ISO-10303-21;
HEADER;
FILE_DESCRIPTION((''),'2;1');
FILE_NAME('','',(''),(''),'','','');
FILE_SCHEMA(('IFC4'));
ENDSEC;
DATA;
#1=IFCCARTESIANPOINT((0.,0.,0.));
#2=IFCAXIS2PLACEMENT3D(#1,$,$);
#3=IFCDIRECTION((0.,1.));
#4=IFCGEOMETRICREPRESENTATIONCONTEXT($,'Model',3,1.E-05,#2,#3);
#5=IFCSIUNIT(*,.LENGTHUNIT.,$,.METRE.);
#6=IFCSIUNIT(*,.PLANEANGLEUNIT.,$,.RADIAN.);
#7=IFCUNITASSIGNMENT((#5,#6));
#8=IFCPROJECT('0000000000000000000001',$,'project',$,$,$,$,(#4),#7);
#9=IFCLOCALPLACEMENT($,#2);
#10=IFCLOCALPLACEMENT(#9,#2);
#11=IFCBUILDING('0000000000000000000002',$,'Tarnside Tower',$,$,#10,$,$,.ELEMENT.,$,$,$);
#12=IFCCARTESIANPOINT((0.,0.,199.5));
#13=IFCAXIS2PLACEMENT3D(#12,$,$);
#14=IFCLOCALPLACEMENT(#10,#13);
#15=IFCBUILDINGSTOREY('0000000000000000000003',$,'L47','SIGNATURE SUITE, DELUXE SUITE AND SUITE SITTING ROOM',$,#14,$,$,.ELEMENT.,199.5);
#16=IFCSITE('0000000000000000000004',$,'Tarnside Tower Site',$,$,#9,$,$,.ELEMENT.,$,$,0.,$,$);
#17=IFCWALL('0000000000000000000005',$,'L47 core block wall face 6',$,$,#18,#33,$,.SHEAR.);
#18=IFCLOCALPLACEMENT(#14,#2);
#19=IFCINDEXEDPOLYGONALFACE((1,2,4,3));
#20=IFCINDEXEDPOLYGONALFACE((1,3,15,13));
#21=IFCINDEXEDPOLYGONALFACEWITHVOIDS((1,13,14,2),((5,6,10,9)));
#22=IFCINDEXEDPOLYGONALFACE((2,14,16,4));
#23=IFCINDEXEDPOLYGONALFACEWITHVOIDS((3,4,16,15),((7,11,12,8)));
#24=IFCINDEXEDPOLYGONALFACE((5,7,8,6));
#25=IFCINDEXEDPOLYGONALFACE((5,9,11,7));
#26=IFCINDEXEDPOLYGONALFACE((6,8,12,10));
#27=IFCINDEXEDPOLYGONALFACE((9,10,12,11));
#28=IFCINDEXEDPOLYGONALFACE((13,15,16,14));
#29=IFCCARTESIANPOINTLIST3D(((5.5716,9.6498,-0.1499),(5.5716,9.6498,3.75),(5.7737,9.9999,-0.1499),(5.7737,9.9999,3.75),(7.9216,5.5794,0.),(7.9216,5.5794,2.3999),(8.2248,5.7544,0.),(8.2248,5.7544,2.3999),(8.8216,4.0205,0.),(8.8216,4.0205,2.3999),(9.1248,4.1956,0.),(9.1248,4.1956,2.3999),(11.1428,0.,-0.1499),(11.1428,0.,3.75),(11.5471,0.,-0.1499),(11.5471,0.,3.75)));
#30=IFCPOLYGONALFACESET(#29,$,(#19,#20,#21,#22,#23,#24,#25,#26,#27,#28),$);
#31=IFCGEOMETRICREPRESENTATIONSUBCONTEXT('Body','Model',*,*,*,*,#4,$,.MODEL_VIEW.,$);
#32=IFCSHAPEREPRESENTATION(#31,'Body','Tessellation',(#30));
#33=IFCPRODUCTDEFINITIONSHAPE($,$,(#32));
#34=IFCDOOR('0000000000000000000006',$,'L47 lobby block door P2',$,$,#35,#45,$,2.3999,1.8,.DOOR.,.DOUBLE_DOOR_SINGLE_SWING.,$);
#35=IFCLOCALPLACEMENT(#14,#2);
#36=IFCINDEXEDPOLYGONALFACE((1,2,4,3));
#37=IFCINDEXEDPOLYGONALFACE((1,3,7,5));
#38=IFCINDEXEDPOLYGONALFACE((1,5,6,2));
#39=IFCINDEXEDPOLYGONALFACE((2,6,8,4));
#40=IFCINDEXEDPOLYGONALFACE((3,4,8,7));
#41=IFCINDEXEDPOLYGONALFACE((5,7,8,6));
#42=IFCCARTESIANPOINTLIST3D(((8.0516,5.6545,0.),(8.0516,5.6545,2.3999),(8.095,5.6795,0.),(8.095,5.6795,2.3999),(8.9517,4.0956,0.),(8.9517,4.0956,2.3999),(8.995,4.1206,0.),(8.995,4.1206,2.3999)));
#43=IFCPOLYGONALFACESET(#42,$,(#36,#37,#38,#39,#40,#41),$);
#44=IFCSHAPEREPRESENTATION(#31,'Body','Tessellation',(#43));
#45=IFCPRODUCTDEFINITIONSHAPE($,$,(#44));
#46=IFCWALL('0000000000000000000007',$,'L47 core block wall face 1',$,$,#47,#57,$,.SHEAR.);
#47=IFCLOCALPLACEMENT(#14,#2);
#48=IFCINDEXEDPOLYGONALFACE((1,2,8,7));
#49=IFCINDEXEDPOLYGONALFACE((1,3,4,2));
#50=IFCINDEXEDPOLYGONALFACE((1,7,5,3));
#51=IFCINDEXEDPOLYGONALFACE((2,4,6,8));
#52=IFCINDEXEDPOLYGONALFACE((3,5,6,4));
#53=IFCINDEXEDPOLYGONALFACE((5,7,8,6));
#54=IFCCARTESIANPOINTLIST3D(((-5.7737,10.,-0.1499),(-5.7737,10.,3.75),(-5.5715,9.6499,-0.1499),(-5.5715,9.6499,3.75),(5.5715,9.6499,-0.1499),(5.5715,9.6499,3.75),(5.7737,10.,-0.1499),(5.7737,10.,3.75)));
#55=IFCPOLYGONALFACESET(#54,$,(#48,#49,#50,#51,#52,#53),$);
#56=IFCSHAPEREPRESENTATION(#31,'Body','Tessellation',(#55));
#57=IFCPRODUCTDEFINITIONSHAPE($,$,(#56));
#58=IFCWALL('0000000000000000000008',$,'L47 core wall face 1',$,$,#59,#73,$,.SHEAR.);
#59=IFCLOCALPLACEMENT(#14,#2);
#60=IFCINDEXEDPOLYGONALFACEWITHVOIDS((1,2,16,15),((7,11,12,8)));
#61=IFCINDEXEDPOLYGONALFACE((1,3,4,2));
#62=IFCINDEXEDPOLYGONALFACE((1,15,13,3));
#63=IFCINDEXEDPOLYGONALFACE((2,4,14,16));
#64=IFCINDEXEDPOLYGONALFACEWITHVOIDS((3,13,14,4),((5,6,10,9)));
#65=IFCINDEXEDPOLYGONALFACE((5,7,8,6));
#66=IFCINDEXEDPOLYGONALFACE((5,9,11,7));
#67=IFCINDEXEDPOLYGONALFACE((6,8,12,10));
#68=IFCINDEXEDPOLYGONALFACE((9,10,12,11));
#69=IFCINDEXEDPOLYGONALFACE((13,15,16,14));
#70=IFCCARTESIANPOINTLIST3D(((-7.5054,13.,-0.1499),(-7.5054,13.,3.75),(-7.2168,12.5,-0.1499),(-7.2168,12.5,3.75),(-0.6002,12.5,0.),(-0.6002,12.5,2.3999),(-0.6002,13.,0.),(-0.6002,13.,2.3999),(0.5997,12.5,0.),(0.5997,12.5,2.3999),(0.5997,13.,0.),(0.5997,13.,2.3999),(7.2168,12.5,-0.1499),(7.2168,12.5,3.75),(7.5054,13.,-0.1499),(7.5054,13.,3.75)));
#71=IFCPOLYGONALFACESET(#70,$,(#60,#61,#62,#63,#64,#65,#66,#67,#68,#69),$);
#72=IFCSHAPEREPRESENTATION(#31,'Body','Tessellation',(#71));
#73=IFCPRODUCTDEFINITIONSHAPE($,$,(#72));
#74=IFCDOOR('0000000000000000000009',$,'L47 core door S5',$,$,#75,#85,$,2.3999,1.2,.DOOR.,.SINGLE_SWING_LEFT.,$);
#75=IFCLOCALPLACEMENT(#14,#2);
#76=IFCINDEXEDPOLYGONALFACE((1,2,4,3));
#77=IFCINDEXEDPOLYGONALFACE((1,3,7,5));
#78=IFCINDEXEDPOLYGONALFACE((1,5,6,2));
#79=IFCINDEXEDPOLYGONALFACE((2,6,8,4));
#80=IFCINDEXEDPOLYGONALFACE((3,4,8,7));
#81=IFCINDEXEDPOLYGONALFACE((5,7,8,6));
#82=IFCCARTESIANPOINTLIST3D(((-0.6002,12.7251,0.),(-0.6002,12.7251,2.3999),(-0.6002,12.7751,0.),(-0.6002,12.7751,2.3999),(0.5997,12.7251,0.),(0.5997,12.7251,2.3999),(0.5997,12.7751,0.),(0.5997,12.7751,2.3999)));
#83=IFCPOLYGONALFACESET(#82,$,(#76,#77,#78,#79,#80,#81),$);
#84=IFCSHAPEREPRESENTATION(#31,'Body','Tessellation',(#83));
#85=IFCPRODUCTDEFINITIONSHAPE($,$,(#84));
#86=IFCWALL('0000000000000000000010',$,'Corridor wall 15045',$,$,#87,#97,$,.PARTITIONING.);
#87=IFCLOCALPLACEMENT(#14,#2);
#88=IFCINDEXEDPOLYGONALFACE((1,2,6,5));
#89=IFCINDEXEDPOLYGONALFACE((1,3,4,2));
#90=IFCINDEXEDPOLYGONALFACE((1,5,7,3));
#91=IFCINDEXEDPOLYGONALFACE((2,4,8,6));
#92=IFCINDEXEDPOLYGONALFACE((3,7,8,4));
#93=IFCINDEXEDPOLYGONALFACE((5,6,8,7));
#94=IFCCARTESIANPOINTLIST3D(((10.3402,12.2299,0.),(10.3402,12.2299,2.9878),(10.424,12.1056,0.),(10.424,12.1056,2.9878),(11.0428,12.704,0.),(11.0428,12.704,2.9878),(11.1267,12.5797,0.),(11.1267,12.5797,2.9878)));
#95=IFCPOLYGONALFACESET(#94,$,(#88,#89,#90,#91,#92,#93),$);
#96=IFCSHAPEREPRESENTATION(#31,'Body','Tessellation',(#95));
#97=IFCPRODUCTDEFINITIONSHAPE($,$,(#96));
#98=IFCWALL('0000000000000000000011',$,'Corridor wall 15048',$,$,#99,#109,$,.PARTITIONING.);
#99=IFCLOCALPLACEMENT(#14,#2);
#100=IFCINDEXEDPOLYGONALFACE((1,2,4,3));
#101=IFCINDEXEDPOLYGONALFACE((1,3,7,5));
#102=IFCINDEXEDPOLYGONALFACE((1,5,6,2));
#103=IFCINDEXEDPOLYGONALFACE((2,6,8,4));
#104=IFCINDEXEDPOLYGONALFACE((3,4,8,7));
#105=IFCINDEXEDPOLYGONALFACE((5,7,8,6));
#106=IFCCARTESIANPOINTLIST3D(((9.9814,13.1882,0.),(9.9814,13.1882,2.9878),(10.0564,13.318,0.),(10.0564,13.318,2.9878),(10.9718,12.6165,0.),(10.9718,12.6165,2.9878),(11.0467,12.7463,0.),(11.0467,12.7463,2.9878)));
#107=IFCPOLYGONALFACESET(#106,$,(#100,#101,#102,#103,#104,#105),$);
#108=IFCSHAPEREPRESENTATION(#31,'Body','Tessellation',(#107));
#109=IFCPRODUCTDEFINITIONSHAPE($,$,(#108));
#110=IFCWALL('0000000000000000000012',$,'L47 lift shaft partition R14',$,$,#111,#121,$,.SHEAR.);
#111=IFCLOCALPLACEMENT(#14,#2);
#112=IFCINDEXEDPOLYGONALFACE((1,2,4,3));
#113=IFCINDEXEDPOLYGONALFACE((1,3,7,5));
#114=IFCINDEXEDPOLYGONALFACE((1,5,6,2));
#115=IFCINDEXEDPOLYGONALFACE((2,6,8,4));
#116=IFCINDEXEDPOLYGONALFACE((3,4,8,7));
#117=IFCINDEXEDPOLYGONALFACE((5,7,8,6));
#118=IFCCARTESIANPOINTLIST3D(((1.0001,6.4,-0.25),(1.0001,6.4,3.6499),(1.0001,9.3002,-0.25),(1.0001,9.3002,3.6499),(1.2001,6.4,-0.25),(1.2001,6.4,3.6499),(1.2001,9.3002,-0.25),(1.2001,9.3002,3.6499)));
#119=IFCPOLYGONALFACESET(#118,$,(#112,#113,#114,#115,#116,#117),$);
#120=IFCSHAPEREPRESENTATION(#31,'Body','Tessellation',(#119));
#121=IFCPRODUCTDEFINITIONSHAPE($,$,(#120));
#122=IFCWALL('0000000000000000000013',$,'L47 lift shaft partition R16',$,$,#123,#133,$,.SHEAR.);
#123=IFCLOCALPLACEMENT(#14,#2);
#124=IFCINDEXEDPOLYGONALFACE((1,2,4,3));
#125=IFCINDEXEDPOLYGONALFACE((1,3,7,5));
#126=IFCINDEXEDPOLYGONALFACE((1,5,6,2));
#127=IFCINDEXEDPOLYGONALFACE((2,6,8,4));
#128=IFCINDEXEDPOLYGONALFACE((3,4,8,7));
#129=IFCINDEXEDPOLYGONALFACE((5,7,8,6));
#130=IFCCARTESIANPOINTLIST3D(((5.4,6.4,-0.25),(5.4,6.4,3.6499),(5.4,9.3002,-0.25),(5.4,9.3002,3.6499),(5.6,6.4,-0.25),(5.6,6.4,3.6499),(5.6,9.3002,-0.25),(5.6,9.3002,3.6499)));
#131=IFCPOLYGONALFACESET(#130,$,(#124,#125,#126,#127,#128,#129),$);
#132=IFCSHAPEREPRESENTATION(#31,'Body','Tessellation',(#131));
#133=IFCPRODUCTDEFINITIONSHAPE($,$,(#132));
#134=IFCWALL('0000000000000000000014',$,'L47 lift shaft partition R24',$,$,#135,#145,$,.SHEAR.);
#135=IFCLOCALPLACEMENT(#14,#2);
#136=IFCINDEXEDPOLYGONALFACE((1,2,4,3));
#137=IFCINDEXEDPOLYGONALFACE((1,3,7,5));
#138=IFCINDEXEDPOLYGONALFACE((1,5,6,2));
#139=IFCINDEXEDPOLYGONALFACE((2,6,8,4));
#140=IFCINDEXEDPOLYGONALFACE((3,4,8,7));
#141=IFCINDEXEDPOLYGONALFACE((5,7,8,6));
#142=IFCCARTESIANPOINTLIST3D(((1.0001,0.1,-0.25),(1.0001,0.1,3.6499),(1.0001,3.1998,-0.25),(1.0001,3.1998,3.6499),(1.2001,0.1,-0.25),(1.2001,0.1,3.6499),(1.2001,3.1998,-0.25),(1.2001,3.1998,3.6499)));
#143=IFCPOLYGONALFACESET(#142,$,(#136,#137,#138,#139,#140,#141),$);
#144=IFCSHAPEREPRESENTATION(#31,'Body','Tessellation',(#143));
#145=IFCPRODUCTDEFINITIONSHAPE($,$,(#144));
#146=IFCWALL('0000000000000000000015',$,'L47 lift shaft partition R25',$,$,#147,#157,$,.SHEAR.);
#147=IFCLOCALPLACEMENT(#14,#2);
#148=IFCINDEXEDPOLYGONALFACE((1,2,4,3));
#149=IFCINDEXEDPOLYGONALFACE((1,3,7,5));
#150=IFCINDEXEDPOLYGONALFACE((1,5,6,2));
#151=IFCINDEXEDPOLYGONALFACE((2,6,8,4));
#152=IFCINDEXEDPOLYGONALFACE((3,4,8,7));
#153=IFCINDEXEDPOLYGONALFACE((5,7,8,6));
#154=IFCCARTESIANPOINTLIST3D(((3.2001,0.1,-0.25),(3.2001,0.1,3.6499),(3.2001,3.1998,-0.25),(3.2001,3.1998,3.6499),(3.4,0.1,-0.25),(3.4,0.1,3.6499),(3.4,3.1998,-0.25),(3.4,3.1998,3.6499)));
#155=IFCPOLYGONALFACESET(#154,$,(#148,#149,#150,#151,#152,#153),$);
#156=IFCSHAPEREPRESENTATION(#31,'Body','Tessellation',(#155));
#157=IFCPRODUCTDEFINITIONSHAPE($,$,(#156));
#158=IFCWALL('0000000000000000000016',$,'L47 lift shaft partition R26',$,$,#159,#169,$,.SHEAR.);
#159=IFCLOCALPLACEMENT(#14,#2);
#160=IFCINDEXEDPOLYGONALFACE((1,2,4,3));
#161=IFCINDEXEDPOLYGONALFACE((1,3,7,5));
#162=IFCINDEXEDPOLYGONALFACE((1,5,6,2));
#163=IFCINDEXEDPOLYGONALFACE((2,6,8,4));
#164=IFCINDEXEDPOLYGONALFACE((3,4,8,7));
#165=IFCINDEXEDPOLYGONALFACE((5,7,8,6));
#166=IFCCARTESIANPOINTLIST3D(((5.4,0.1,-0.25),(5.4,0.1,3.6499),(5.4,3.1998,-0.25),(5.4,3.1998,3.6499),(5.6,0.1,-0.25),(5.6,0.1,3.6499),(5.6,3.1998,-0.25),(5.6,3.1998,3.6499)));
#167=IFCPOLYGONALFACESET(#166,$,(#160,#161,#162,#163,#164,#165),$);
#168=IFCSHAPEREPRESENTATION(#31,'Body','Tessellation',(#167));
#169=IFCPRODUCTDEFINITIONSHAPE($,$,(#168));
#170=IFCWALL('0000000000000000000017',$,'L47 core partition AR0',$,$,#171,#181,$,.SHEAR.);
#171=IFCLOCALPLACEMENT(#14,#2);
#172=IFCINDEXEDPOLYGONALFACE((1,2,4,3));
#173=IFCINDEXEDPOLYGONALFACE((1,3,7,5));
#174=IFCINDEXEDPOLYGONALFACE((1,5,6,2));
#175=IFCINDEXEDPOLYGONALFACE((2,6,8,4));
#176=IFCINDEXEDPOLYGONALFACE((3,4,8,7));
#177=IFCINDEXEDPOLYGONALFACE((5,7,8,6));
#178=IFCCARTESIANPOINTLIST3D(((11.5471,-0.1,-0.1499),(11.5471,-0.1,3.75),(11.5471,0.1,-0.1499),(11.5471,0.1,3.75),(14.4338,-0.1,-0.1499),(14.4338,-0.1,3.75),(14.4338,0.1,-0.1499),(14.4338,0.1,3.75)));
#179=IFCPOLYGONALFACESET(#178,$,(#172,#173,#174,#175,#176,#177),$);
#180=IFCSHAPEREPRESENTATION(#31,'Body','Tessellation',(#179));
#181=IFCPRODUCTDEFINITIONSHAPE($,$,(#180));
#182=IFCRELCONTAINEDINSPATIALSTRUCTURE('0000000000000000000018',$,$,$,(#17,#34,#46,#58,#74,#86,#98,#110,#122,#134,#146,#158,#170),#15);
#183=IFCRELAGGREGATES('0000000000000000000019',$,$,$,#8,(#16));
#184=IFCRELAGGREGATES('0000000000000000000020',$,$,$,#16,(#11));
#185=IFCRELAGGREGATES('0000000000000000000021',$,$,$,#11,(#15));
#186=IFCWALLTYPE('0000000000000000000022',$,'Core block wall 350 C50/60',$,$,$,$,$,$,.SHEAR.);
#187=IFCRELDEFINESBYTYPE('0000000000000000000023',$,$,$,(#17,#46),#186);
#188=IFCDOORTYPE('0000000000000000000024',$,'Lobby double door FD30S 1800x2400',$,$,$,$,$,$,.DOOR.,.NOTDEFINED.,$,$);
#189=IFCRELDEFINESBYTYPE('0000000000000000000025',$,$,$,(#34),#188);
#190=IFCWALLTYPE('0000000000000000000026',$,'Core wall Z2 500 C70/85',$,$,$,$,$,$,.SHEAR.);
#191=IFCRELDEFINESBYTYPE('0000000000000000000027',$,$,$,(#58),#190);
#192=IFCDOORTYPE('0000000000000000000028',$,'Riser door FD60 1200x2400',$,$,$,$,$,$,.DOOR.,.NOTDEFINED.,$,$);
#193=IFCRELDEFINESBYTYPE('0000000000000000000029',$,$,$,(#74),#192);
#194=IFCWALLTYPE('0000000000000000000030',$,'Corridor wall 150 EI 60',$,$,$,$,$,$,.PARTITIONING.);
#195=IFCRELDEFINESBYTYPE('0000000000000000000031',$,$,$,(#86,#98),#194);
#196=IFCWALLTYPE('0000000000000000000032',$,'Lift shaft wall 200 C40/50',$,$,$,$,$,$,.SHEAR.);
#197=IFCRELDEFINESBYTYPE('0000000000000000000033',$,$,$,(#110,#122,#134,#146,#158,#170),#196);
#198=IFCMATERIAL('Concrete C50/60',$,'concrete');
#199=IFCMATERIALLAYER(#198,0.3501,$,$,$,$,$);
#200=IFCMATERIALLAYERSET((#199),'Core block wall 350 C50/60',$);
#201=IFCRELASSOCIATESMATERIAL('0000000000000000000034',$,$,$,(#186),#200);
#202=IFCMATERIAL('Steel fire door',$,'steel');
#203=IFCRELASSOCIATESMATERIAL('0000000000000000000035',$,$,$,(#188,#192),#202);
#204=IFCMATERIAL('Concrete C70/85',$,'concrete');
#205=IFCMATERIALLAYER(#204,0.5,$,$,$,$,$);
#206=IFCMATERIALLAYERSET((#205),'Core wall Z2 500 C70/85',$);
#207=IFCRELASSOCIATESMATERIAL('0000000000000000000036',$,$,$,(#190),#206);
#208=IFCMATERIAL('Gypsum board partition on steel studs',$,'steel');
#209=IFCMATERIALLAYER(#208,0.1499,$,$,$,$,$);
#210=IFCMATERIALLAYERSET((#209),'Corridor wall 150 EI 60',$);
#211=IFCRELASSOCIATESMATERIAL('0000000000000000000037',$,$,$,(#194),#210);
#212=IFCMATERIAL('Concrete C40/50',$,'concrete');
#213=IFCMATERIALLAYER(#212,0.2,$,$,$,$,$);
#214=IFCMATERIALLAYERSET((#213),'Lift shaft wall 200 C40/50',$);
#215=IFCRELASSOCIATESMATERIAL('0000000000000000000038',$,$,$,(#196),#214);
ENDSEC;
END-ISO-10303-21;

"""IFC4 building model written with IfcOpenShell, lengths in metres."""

from ifc_helpers import new_model, si_unit, direction, frame, frame_2d, origin, place, context, subcontext, project, spatial, polyline, rectangle, outline, extrude, material, layer, layer_set, type_object, element, fill, save


model = new_model("IFC4")

# Units and contexts
model_context = context("Model", 3, precision=1e-05, world=origin(), true_north=direction((0.0, 1.0)))
body_context = subcontext(model_context, "Body", "Model", "MODEL_VIEW")
ifc_project = project(units=[si_unit("LENGTHUNIT", "METRE"), si_unit("PLANEANGLEUNIT", "RADIAN")], contexts=[model_context])

# Site, building, storey
site_placement = place(None, origin())
site = spatial("IfcSite", under=ifc_project, at=site_placement, Name="Tarnside Tower Site", CompositionType="ELEMENT", RefElevation=0.0)
building_placement = place(site_placement, origin())
building = spatial("IfcBuilding", under=site, at=building_placement, Name="Tarnside Tower", CompositionType="ELEMENT")
storey_placement = place(building_placement, frame((0.0, 0.0, 199.5)))
storey = spatial("IfcBuildingStorey", under=building, at=storey_placement, Name="L47", Description="SIGNATURE SUITE, DELUXE SUITE AND SUITE SITTING ROOM", CompositionType="ELEMENT", Elevation=199.5)

# Wall, opening, door
ifc_material_1 = material(Name="Concrete C50/60", Category="concrete")
ifc_layer_1 = layer(ifc_material_1, 0.3501)
ifc_layer_set_1 = layer_set([ifc_layer_1], Name="Core block wall 350 C50/60")
wall_type_1 = type_object("IfcWallType", Name="Core block wall 350 C50/60", PredefinedType="SHEAR", material=ifc_layer_set_1)
wall_1_placement = place(storey_placement, frame((11.345, 0.0, -0.1499), z_axis=(0.0, 0.0, 1.0), x_axis=(-0.499995, 0.866028, 0.0)))
wall_1 = element("IfcWall", 1, at=wall_1_placement, inside=storey, type_object=wall_type_1, Name="L47 core block wall face 6", PredefinedType="SHEAR", context=body_context, shape_type="SweptSolid", body=[
    extrude(outline(polyline([(-0.1011, -0.175), (11.4458, -0.175), (11.2437, 0.175), (0.1011, 0.175), (-0.1011, -0.175)])), origin(), (0.0, 0.0, 1.0), 3.8999),
])
opening_1_placement = place(wall_1_placement, frame((4.7437, 0.0, 0.1499)))
opening_1 = element("IfcOpeningElement", 2, at=opening_1_placement, cuts=wall_1, PredefinedType="OPENING", context=body_context, shape_type="SweptSolid", body=[
    extrude(rectangle(XDim=1.8, YDim=2.3999, at=frame_2d((0.8999, 1.2))), frame((0.0, 0.1851, 0.0), z_axis=(0.0, -1.0, 0.0), x_axis=(1.0, 0.0, 0.0)), (0.0, 0.0, 1.0), 0.3701),
])
ifc_material_2 = material(Name="Steel fire door", Category="steel")
door_type_1 = type_object("IfcDoorType", Name="Lobby double door FD30S 1800x2400", OperationType="NOTDEFINED", PredefinedType="DOOR", material=ifc_material_2)
door_1_placement = place(opening_1_placement, origin())
door_1 = element("IfcDoor", 3, at=door_1_placement, inside=storey, type_object=door_type_1, Name="L47 lobby block door P2", OperationType="DOUBLE_DOOR_SINGLE_SWING", OverallHeight=2.3999, OverallWidth=1.8, PredefinedType="DOOR", context=body_context, shape_type="SweptSolid", body=[
    extrude(rectangle(XDim=1.8, YDim=2.3999, at=frame_2d((0.8999, 1.2))), frame((0.0, 0.0249, 0.0), z_axis=(0.0, -1.0, 0.0), x_axis=(1.0, 0.0, 0.0)), (0.0, 0.0, 1.0), 0.05),
])
fill(opening_1, door_1)

# Wall
wall_2_placement = place(storey_placement, frame((5.6726, 9.825, -0.1499), z_axis=(0.0, 0.0, 1.0), x_axis=(-1.0, 0.0, 0.0)))
element("IfcWall", 4, at=wall_2_placement, inside=storey, type_object=wall_type_1, Name="L47 core block wall face 1", PredefinedType="SHEAR", context=body_context, shape_type="SweptSolid", body=[
    extrude(outline(polyline([(-0.1011, -0.175), (11.4463, -0.175), (11.2441, 0.175), (0.1011, 0.175), (-0.1011, -0.175)])), origin(), (0.0, 0.0, 1.0), 3.8999),
])

# Wall, opening, door
ifc_material_3 = material(Name="Concrete C70/85", Category="concrete")
ifc_layer_2 = layer(ifc_material_3, 0.5)
ifc_layer_set_2 = layer_set([ifc_layer_2], Name="Core wall Z2 500 C70/85")
wall_type_2 = type_object("IfcWallType", Name="Core wall Z2 500 C70/85", PredefinedType="SHEAR", material=ifc_layer_set_2)
wall_3_placement = place(storey_placement, frame((7.3611, 12.75, -0.1499), z_axis=(0.0, 0.0, 1.0), x_axis=(-1.0, 0.0, 0.0)))
wall_3 = element("IfcWall", 5, at=wall_3_placement, inside=storey, type_object=wall_type_2, Name="L47 core wall face 1", PredefinedType="SHEAR", context=body_context, shape_type="SweptSolid", body=[
    extrude(outline(polyline([(-0.1443, -0.25), (14.8665, -0.25), (14.5779, 0.25), (0.1443, 0.25), (-0.1443, -0.25)])), origin(), (0.0, 0.0, 1.0), 3.8999),
])
opening_2_placement = place(wall_3_placement, frame((6.7612, 0.0, 0.1499)))
opening_2 = element("IfcOpeningElement", 6, at=opening_2_placement, cuts=wall_3, PredefinedType="OPENING", context=body_context, shape_type="SweptSolid", body=[
    extrude(rectangle(XDim=1.2, YDim=2.3999, at=frame_2d((0.6001, 1.2))), frame((0.0, 0.26, 0.0), z_axis=(0.0, -1.0, 0.0), x_axis=(1.0, 0.0, 0.0)), (0.0, 0.0, 1.0), 0.52),
])
door_type_2 = type_object("IfcDoorType", Name="Riser door FD60 1200x2400", OperationType="NOTDEFINED", PredefinedType="DOOR", material=ifc_material_2)
door_2_placement = place(opening_2_placement, origin())
door_2 = element("IfcDoor", 7, at=door_2_placement, inside=storey, type_object=door_type_2, Name="L47 core door S5", OperationType="SINGLE_SWING_LEFT", OverallHeight=2.3999, OverallWidth=1.2, PredefinedType="DOOR", context=body_context, shape_type="SweptSolid", body=[
    extrude(rectangle(XDim=1.2, YDim=2.3999, at=frame_2d((0.6001, 1.2))), frame((0.0, 0.0249, 0.0), z_axis=(0.0, -1.0, 0.0), x_axis=(1.0, 0.0, 0.0)), (0.0, 0.0, 1.0), 0.05),
])
fill(opening_2, door_2)

# Walls
ifc_material_4 = material(Name="Gypsum board partition on steel studs", Category="steel")
ifc_layer_3 = layer(ifc_material_4, 0.1499)
ifc_layer_set_3 = layer_set([ifc_layer_3], Name="Corridor wall 150 EI 60")
wall_type_3 = type_object("IfcWallType", Name="Corridor wall 150 EI 60", PredefinedType="PARTITIONING", material=ifc_layer_set_3)
wall_4_placement = place(storey_placement, frame((10.3821, 12.1677, 0.0), z_axis=(0.0, 0.0, 1.0), x_axis=(0.828935, 0.559344, 0.0)))
element("IfcWall", 8, at=wall_4_placement, inside=storey, type_object=wall_type_3, Name="Corridor wall 15045", PredefinedType="PARTITIONING", context=body_context, shape_type="SweptSolid", body=[
    extrude(rectangle(XDim=0.8477, YDim=0.1499, at=frame_2d((0.4238, 0.0))), origin(), (0.0, 0.0, 1.0), 2.9878),
])
wall_5_placement = place(storey_placement, frame((11.0093, 12.6814, 0.0), z_axis=(0.0, 0.0, 1.0), x_axis=(-0.866054, 0.49995, 0.0)))
element("IfcWall", 9, at=wall_5_placement, inside=storey, type_object=wall_type_3, Name="Corridor wall 15048", PredefinedType="PARTITIONING", context=body_context, shape_type="SweptSolid", body=[
    extrude(rectangle(XDim=1.1436, YDim=0.1499, at=frame_2d((0.5718, 0.0))), origin(), (0.0, 0.0, 1.0), 2.9878),
])
ifc_material_5 = material(Name="Concrete C40/50", Category="concrete")
ifc_layer_4 = layer(ifc_material_5, 0.2)
ifc_layer_set_4 = layer_set([ifc_layer_4], Name="Lift shaft wall 200 C40/50")
wall_type_4 = type_object("IfcWallType", Name="Lift shaft wall 200 C40/50", PredefinedType="SHEAR", material=ifc_layer_set_4)
for number, where, z_axis, x_axis, name in (
    (10, (1.1001, 6.3999, -0.25), (0.0, 0.0, 1.0), (0.0, 1.0, 0.0), "L47 lift shaft partition R14"),
    (11, (5.5, 6.3999, -0.25), (0.0, 0.0, 1.0), (0.0, 1.0, 0.0), "L47 lift shaft partition R16"),
):
    element("IfcWall", number, at=place(storey_placement, frame(where, z_axis=z_axis, x_axis=x_axis)), inside=storey, type_object=wall_type_4, Name=name, PredefinedType="SHEAR", context=body_context, shape_type="SweptSolid", body=[
        extrude(rectangle(XDim=2.9001, YDim=0.2, at=frame_2d((1.4502, 0.0))), origin(), (0.0, 0.0, 1.0), 3.8999),
    ])
for number, where, z_axis, x_axis, name in (
    (12, (1.1001, 0.1001, -0.25), (0.0, 0.0, 1.0), (0.0, 1.0, 0.0), "L47 lift shaft partition R24"),
    (13, (3.3, 0.1001, -0.25), (0.0, 0.0, 1.0), (0.0, 1.0, 0.0), "L47 lift shaft partition R25"),
    (14, (5.5, 0.1001, -0.25), (0.0, 0.0, 1.0), (0.0, 1.0, 0.0), "L47 lift shaft partition R26"),
):
    element("IfcWall", number, at=place(storey_placement, frame(where, z_axis=z_axis, x_axis=x_axis)), inside=storey, type_object=wall_type_4, Name=name, PredefinedType="SHEAR", context=body_context, shape_type="SweptSolid", body=[
        extrude(rectangle(XDim=3.0999, YDim=0.2, at=frame_2d((1.5498, 0.0))), origin(), (0.0, 0.0, 1.0), 3.8999),
    ])
for number, where, z_axis, x_axis, name in (
    (15, (11.5471, 0.0, -0.1499), (0.0, 0.0, 1.0), (1.0, 0.0, 0.0), "L47 core partition AR0"),
):
    element("IfcWall", number, at=place(storey_placement, frame(where, z_axis=z_axis, x_axis=x_axis)), inside=storey, type_object=wall_type_4, Name=name, PredefinedType="SHEAR", context=body_context, shape_type="SweptSolid", body=[
        extrude(rectangle(XDim=2.8867, YDim=0.2, at=frame_2d((1.4434, 0.0))), origin(), (0.0, 0.0, 1.0), 3.8999),
    ])

save(model, "model.ifc")
